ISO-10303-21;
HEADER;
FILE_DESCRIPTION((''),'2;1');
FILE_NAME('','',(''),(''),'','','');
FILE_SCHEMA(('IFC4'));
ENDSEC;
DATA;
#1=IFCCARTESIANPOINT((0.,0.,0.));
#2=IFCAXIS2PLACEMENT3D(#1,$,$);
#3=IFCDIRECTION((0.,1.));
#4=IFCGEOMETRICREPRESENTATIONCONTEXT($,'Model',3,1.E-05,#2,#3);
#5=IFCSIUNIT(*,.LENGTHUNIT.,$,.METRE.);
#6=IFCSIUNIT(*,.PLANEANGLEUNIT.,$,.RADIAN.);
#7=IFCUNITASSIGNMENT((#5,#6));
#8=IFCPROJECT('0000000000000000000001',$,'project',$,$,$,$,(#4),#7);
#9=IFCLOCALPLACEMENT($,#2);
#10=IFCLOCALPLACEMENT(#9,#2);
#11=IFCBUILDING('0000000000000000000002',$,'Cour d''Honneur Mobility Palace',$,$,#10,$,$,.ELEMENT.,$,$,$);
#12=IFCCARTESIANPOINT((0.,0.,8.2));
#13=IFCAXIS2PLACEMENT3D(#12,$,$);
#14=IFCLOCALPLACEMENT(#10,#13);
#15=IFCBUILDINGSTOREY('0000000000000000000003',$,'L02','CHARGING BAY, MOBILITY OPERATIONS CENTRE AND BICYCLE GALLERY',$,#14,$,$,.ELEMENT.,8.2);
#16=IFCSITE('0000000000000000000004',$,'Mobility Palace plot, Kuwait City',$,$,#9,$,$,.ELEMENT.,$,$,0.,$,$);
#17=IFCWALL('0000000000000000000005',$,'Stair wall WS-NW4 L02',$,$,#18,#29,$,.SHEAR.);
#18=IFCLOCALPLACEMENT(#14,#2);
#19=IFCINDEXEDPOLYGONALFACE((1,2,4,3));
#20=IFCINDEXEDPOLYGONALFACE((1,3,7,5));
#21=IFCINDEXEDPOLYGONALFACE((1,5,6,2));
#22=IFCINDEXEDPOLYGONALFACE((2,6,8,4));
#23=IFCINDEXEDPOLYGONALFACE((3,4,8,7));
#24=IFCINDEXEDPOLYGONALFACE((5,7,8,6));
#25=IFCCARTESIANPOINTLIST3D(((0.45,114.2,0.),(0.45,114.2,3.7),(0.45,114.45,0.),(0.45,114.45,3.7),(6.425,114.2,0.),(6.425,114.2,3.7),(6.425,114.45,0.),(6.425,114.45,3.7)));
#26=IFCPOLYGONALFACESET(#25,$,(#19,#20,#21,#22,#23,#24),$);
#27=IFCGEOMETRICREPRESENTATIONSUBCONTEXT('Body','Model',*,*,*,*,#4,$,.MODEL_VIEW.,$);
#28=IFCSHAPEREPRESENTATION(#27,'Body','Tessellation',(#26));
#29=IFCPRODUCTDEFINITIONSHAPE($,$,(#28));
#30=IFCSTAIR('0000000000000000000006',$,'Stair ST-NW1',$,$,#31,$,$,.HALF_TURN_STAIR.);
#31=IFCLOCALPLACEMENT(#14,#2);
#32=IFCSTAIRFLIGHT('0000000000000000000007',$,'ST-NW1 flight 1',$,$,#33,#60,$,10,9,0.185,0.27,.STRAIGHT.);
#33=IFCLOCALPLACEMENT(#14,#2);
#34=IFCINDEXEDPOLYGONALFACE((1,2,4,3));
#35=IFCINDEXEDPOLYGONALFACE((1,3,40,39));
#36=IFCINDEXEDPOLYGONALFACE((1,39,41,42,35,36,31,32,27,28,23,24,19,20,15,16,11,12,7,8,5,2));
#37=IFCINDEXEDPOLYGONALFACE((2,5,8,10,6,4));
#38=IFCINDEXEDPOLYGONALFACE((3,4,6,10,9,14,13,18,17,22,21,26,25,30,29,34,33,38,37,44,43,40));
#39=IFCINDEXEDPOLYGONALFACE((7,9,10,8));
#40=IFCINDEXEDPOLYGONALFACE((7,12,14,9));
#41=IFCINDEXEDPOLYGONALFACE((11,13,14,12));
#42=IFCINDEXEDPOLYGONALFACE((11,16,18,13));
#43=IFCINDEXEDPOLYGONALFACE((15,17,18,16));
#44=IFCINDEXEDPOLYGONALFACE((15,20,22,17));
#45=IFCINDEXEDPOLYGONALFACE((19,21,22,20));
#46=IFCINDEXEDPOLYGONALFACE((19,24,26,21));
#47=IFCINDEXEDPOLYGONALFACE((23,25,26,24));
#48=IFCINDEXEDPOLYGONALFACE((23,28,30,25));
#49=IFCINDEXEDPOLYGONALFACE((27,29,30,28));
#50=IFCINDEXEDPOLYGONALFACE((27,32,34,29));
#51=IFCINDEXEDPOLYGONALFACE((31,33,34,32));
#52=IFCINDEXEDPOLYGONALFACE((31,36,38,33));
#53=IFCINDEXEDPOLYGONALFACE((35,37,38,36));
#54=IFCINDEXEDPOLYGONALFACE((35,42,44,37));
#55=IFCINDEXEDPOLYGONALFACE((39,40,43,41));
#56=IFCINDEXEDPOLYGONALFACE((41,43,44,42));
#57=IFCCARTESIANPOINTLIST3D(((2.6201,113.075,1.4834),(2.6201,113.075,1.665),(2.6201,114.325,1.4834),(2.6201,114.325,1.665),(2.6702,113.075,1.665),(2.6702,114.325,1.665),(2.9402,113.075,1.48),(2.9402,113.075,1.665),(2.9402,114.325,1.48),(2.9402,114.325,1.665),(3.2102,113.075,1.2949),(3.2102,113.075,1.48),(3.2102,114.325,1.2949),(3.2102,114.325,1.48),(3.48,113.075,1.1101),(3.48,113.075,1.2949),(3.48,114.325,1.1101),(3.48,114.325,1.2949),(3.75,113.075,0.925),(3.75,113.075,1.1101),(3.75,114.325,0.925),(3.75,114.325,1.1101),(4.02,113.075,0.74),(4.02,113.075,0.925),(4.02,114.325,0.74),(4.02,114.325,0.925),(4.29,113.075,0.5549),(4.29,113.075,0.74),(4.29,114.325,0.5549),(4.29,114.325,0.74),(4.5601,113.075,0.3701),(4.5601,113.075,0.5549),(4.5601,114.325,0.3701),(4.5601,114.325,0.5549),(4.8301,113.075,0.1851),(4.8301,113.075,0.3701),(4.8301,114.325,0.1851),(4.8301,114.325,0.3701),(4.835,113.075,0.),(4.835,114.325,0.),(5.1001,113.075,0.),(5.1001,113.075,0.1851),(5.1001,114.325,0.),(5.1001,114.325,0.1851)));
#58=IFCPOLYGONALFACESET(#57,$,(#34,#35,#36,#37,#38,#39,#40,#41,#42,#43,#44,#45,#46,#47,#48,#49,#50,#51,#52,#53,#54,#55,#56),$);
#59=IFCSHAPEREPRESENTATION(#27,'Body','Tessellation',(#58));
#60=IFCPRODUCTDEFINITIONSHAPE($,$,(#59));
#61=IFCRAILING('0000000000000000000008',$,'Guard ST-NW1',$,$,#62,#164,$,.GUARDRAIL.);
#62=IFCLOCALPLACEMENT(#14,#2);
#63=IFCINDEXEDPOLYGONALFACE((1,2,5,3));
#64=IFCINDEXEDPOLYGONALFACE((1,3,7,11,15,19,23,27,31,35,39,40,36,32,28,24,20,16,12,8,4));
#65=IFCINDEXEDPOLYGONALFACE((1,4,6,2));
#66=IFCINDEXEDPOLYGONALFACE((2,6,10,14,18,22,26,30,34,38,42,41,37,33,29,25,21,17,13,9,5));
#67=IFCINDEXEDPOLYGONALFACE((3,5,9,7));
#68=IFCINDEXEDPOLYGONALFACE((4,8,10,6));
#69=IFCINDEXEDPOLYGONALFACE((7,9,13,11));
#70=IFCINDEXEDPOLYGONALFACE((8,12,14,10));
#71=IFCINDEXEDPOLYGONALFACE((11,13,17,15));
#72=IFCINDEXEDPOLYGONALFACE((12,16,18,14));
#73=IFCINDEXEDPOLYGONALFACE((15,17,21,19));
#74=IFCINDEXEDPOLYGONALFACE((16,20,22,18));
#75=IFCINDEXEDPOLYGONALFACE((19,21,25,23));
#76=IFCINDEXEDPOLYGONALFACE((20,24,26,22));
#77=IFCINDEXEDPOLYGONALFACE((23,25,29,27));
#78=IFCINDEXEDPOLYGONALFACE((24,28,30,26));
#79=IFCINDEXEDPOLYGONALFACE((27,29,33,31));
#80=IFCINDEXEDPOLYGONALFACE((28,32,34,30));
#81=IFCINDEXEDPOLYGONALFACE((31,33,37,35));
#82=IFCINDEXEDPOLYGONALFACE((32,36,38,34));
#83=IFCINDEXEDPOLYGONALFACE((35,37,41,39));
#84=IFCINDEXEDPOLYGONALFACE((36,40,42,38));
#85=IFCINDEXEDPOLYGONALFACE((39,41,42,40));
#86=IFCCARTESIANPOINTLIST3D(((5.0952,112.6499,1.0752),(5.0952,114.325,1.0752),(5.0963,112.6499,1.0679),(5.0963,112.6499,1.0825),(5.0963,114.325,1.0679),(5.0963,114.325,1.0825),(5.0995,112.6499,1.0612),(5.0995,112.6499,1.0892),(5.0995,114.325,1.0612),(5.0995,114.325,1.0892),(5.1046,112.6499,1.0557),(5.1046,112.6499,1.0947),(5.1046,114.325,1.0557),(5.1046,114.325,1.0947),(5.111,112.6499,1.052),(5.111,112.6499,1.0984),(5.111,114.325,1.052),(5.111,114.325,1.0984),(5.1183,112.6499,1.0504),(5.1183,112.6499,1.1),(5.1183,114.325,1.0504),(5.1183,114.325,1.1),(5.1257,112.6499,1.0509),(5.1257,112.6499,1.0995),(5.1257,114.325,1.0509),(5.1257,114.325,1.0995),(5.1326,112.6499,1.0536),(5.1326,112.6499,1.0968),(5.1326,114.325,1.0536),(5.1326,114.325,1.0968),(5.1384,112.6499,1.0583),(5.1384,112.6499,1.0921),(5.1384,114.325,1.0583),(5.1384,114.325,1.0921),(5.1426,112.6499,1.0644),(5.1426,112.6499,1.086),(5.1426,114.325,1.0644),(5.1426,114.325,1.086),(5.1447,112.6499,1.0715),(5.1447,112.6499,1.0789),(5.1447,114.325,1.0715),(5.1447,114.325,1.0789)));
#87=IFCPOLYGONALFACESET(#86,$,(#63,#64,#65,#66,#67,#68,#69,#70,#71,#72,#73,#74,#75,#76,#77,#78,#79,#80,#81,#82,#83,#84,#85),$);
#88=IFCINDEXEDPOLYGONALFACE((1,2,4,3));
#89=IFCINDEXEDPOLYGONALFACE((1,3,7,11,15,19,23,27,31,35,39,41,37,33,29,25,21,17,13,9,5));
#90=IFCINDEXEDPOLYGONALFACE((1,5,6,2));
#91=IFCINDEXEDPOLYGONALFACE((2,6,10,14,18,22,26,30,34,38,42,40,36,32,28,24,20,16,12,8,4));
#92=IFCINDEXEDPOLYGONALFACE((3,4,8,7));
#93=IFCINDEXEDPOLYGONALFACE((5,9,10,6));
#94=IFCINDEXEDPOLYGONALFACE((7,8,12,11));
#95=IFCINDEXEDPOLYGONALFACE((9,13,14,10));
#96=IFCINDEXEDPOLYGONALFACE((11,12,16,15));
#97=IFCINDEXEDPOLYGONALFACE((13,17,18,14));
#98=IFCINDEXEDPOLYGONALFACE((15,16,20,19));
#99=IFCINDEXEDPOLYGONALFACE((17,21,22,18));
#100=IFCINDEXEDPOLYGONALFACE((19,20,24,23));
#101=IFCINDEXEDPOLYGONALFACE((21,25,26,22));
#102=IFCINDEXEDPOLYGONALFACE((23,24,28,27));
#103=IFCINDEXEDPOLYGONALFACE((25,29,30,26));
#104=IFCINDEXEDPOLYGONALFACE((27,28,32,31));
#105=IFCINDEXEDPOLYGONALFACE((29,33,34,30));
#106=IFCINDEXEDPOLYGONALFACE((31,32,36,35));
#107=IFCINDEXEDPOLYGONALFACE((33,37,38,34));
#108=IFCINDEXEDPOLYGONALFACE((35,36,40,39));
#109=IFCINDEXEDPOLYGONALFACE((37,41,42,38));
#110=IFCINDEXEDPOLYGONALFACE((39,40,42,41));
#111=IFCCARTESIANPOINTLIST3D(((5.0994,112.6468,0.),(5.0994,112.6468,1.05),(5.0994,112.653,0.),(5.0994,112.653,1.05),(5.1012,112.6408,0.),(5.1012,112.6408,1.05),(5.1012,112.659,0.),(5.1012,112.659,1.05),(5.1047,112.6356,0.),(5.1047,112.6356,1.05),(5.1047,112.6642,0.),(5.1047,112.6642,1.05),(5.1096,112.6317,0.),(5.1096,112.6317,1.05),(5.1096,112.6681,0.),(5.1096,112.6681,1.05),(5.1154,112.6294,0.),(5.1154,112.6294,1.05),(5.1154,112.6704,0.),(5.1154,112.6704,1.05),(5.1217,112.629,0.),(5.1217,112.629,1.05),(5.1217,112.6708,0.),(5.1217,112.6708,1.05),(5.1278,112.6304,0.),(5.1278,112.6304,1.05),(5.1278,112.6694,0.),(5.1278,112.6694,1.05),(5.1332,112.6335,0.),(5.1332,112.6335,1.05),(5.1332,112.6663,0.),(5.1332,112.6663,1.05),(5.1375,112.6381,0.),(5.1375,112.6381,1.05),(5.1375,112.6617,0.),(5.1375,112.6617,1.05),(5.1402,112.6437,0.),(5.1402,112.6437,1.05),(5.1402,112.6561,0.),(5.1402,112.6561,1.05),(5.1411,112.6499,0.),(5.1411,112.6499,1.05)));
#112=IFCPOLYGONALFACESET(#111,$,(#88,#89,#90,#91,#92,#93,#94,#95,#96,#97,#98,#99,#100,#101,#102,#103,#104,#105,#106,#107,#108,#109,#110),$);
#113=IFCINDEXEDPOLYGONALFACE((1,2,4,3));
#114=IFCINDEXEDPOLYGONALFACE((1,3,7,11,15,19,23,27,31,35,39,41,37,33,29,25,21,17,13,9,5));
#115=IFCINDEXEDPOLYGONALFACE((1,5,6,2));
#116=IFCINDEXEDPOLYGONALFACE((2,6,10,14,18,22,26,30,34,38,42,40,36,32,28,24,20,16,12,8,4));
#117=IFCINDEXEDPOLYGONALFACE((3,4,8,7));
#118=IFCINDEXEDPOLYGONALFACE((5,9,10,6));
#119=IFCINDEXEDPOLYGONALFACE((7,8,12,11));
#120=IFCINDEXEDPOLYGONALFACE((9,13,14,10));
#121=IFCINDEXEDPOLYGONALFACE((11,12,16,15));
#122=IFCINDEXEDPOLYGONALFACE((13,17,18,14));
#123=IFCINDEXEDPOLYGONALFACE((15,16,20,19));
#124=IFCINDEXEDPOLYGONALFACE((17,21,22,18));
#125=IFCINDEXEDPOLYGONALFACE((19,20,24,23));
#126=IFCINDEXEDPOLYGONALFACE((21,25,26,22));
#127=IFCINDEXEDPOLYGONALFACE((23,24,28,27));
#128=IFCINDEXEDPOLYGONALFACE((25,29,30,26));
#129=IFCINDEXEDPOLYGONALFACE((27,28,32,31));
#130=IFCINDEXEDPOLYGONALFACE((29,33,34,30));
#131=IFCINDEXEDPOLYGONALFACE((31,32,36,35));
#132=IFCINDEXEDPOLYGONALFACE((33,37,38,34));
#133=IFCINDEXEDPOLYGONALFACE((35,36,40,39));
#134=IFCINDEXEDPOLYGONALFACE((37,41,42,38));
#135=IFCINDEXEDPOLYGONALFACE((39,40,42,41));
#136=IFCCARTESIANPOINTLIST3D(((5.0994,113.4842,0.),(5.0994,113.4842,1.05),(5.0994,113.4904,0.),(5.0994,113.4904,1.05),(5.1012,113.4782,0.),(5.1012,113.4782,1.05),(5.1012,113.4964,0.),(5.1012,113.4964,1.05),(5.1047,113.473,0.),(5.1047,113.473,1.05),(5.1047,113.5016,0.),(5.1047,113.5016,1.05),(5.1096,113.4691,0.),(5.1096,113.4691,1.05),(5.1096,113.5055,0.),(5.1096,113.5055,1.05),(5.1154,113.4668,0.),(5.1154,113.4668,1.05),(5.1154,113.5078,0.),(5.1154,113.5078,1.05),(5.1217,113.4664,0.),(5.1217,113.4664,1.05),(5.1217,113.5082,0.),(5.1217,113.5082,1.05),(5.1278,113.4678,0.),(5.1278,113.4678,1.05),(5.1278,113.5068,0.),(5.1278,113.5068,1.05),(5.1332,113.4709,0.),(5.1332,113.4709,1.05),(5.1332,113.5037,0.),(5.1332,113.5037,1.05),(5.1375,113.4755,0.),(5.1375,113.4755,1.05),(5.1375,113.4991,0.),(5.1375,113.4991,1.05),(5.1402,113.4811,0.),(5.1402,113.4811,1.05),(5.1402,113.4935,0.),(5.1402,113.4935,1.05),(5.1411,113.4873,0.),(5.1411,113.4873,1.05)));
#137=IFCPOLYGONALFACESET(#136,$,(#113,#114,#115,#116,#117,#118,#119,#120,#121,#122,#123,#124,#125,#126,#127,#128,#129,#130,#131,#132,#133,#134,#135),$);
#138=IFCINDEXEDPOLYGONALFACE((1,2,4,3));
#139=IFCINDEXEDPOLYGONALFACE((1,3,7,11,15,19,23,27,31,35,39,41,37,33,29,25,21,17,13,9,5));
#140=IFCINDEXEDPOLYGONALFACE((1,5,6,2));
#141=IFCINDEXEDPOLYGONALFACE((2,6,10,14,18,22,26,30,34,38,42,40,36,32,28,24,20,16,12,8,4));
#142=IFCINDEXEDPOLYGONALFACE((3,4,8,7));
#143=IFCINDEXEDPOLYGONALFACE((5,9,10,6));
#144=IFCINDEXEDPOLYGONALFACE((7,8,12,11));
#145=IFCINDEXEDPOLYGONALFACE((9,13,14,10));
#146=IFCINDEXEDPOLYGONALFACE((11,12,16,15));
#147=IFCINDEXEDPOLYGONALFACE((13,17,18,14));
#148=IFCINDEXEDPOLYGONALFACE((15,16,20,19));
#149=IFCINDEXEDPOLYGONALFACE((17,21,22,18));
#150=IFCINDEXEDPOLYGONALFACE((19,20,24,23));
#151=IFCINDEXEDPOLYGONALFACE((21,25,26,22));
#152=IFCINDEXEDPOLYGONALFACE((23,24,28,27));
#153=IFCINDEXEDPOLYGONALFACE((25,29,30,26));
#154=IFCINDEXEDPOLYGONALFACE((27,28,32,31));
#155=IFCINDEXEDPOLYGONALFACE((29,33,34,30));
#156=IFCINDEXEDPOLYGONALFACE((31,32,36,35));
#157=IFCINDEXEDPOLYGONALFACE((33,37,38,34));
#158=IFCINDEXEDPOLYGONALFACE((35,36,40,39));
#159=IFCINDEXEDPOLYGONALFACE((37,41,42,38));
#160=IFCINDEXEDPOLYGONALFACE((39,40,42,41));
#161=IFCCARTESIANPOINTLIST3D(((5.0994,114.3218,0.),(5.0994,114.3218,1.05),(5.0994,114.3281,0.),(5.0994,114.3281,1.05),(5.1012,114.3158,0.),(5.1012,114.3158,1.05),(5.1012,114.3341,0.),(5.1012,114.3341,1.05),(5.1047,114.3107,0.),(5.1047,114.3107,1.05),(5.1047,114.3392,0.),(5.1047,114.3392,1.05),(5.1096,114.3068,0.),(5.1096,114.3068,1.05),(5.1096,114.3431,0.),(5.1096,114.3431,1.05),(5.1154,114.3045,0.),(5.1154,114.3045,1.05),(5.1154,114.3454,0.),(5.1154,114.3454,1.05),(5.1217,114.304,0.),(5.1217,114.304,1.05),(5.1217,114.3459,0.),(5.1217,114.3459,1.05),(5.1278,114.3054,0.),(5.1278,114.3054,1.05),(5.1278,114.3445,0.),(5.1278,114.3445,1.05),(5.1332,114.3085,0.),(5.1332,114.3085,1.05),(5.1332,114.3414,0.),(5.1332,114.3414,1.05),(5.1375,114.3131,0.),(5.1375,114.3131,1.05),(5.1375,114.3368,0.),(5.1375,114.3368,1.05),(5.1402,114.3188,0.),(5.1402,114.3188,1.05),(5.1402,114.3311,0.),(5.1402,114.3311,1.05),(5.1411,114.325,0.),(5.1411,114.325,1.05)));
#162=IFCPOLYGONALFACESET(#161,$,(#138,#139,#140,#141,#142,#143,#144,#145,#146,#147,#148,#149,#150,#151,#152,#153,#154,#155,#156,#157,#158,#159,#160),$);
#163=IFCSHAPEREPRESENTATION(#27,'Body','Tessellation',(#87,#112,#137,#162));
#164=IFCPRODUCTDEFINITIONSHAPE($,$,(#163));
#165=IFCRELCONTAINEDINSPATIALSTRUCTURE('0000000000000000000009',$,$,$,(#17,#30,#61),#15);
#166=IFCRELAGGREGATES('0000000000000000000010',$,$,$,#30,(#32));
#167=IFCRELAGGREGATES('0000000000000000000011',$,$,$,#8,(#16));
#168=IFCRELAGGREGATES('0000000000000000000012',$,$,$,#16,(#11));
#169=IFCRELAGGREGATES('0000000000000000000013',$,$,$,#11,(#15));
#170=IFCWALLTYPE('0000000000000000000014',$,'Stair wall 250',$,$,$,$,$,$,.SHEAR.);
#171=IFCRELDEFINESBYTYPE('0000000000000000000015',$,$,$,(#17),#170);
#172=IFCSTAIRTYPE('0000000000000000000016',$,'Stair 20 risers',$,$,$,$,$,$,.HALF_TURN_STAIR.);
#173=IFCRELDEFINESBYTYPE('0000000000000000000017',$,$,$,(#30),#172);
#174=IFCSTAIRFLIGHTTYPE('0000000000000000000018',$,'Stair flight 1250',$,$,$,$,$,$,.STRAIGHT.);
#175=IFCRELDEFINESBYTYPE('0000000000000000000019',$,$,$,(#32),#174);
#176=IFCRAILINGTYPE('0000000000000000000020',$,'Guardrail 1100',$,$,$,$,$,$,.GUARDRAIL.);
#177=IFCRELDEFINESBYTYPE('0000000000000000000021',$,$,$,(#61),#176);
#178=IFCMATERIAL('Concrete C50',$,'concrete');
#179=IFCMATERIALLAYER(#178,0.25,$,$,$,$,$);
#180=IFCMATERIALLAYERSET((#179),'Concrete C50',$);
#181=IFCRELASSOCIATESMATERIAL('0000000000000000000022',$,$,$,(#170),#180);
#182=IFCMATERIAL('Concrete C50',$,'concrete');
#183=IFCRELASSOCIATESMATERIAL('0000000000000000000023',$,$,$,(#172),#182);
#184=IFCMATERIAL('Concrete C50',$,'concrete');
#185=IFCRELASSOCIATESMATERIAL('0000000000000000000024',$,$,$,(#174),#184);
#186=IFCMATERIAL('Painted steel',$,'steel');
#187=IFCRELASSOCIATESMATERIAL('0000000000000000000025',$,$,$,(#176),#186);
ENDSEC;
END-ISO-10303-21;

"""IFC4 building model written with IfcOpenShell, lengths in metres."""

from ifc_helpers import new_model, si_unit, direction, frame, frame_2d, origin, origin_2d, place, context, subcontext, project, spatial, polyline, rectangle, circle, outline, extrude, material, layer, layer_set, type_object, element, aggregate, save


model = new_model("IFC4")

# Units and contexts
model_context = context("Model", 3, precision=1e-05, world=origin(), true_north=direction((0.0, 1.0)))
body_context = subcontext(model_context, "Body", "Model", "MODEL_VIEW")
ifc_project = project(units=[si_unit("LENGTHUNIT", "METRE"), si_unit("PLANEANGLEUNIT", "RADIAN")], contexts=[model_context])

# Site, building, storey
site_placement = place(None, origin())
site = spatial("IfcSite", under=ifc_project, at=site_placement, Name="Mobility Palace plot, Kuwait City", CompositionType="ELEMENT", RefElevation=0.0)
building_placement = place(site_placement, origin())
building = spatial("IfcBuilding", under=site, at=building_placement, Name="Cour d'Honneur Mobility Palace", CompositionType="ELEMENT")
storey_placement = place(building_placement, frame((0.0, 0.0, 8.2)))
storey = spatial("IfcBuildingStorey", under=building, at=storey_placement, Name="L02", Description="CHARGING BAY, MOBILITY OPERATIONS CENTRE AND BICYCLE GALLERY", CompositionType="ELEMENT", Elevation=8.2)

# Wall
ifc_material_1 = material(Name="Concrete C50", Category="concrete")
ifc_layer_1 = layer(ifc_material_1, 0.25)
ifc_layer_set_1 = layer_set([ifc_layer_1], Name="Concrete C50")
wall_type_1 = type_object("IfcWallType", Name="Stair wall 250", PredefinedType="SHEAR", material=ifc_layer_set_1)
wall_1_placement = place(storey_placement, frame((0.45, 114.325, 0.0), z_axis=(0.0, 0.0, 1.0), x_axis=(1.0, 0.0, 0.0)))
element("IfcWall", 1, at=wall_1_placement, inside=storey, type_object=wall_type_1, Name="Stair wall WS-NW4 L02", PredefinedType="SHEAR", context=body_context, shape_type="SweptSolid", body=[
    extrude(rectangle(XDim=5.9751, YDim=0.25, at=frame_2d((2.9875, 0.0))), origin(), (0.0, 0.0, 1.0), 3.7),
])

# Stair, stair flight
ifc_material_2 = material(Name="Concrete C50", Category="concrete")
stair_type = type_object("IfcStairType", Name="Stair 20 risers", PredefinedType="HALF_TURN_STAIR", material=ifc_material_2)
stair_placement = place(storey_placement, origin())
stair = element("IfcStair", 2, at=stair_placement, inside=storey, type_object=stair_type, Name="Stair ST-NW1", PredefinedType="HALF_TURN_STAIR")
ifc_material_3 = material(Name="Concrete C50", Category="concrete")
stair_flight_type = type_object("IfcStairFlightType", Name="Stair flight 1250", PredefinedType="STRAIGHT", material=ifc_material_3)
stair_flight_placement = place(storey_placement, frame((5.1001, 113.7, 0.0), z_axis=(0.0, 0.0, 1.0), x_axis=(-1.0, 0.0, 0.0)))
stair_flight = element("IfcStairFlight", 3, at=stair_flight_placement, type_object=stair_flight_type, Name="ST-NW1 flight 1", NumberOfRisers=10, NumberOfTreads=9, PredefinedType="STRAIGHT", RiserHeight=0.185, TreadLength=0.27, context=body_context, shape_type="SweptSolid", body=[
    extrude(outline(polyline([(0.0, 0.0), (0.0, 0.1851), (0.27, 0.1851), (0.27, 0.3701), (0.54, 0.3701), (0.54, 0.5549), (0.8101, 0.5549), (0.8101, 0.74), (1.0801, 0.74), (1.0801, 0.925), (1.3501, 0.925), (1.3501, 1.1101), (1.6201, 1.1101), (1.6201, 1.2949), (1.8899, 1.2949), (1.8899, 1.48), (2.1599, 1.48), (2.1599, 1.665), (2.4299, 1.665), (2.48, 1.665), (2.48, 1.4834), (0.2651, 0.0), (0.0, 0.0)])), frame((0.0, 0.625, 0.0), z_axis=(0.0, -1.0, 0.0), x_axis=(1.0, 0.0, 0.0)), (0.0, 0.0, 1.0), 1.25),
])
aggregate(stair, [stair_flight])

# Railing
ifc_material_4 = material(Name="Painted steel", Category="steel")
railing_type_1 = type_object("IfcRailingType", Name="Guardrail 1100", PredefinedType="GUARDRAIL", material=ifc_material_4)
railing_1_placement = place(storey_placement, frame((5.1201, 112.6499, 0.0)))
element("IfcRailing", 4, at=railing_1_placement, inside=storey, type_object=railing_type_1, Name="Guard ST-NW1", PredefinedType="GUARDRAIL", context=body_context, shape_type="SweptSolid", body=[
    extrude(circle(Radius=0.0249, at=origin_2d()), frame((0.0, 0.0, 1.0752), z_axis=(0.0, 1.0, 0.0), x_axis=(-1.0, 0.0, 0.0)), (0.0, 0.0, 1.0), 1.675),
    extrude(circle(Radius=0.021, at=origin_2d()), origin(), (0.0, 0.0, 1.0), 1.05),
    extrude(circle(Radius=0.021, at=origin_2d()), frame((0.0, 0.8374, 0.0)), (0.0, 0.0, 1.0), 1.05),
    extrude(circle(Radius=0.021, at=origin_2d()), frame((0.0, 1.675, 0.0)), (0.0, 0.0, 1.0), 1.05),
])

save(model, "model.ifc")
